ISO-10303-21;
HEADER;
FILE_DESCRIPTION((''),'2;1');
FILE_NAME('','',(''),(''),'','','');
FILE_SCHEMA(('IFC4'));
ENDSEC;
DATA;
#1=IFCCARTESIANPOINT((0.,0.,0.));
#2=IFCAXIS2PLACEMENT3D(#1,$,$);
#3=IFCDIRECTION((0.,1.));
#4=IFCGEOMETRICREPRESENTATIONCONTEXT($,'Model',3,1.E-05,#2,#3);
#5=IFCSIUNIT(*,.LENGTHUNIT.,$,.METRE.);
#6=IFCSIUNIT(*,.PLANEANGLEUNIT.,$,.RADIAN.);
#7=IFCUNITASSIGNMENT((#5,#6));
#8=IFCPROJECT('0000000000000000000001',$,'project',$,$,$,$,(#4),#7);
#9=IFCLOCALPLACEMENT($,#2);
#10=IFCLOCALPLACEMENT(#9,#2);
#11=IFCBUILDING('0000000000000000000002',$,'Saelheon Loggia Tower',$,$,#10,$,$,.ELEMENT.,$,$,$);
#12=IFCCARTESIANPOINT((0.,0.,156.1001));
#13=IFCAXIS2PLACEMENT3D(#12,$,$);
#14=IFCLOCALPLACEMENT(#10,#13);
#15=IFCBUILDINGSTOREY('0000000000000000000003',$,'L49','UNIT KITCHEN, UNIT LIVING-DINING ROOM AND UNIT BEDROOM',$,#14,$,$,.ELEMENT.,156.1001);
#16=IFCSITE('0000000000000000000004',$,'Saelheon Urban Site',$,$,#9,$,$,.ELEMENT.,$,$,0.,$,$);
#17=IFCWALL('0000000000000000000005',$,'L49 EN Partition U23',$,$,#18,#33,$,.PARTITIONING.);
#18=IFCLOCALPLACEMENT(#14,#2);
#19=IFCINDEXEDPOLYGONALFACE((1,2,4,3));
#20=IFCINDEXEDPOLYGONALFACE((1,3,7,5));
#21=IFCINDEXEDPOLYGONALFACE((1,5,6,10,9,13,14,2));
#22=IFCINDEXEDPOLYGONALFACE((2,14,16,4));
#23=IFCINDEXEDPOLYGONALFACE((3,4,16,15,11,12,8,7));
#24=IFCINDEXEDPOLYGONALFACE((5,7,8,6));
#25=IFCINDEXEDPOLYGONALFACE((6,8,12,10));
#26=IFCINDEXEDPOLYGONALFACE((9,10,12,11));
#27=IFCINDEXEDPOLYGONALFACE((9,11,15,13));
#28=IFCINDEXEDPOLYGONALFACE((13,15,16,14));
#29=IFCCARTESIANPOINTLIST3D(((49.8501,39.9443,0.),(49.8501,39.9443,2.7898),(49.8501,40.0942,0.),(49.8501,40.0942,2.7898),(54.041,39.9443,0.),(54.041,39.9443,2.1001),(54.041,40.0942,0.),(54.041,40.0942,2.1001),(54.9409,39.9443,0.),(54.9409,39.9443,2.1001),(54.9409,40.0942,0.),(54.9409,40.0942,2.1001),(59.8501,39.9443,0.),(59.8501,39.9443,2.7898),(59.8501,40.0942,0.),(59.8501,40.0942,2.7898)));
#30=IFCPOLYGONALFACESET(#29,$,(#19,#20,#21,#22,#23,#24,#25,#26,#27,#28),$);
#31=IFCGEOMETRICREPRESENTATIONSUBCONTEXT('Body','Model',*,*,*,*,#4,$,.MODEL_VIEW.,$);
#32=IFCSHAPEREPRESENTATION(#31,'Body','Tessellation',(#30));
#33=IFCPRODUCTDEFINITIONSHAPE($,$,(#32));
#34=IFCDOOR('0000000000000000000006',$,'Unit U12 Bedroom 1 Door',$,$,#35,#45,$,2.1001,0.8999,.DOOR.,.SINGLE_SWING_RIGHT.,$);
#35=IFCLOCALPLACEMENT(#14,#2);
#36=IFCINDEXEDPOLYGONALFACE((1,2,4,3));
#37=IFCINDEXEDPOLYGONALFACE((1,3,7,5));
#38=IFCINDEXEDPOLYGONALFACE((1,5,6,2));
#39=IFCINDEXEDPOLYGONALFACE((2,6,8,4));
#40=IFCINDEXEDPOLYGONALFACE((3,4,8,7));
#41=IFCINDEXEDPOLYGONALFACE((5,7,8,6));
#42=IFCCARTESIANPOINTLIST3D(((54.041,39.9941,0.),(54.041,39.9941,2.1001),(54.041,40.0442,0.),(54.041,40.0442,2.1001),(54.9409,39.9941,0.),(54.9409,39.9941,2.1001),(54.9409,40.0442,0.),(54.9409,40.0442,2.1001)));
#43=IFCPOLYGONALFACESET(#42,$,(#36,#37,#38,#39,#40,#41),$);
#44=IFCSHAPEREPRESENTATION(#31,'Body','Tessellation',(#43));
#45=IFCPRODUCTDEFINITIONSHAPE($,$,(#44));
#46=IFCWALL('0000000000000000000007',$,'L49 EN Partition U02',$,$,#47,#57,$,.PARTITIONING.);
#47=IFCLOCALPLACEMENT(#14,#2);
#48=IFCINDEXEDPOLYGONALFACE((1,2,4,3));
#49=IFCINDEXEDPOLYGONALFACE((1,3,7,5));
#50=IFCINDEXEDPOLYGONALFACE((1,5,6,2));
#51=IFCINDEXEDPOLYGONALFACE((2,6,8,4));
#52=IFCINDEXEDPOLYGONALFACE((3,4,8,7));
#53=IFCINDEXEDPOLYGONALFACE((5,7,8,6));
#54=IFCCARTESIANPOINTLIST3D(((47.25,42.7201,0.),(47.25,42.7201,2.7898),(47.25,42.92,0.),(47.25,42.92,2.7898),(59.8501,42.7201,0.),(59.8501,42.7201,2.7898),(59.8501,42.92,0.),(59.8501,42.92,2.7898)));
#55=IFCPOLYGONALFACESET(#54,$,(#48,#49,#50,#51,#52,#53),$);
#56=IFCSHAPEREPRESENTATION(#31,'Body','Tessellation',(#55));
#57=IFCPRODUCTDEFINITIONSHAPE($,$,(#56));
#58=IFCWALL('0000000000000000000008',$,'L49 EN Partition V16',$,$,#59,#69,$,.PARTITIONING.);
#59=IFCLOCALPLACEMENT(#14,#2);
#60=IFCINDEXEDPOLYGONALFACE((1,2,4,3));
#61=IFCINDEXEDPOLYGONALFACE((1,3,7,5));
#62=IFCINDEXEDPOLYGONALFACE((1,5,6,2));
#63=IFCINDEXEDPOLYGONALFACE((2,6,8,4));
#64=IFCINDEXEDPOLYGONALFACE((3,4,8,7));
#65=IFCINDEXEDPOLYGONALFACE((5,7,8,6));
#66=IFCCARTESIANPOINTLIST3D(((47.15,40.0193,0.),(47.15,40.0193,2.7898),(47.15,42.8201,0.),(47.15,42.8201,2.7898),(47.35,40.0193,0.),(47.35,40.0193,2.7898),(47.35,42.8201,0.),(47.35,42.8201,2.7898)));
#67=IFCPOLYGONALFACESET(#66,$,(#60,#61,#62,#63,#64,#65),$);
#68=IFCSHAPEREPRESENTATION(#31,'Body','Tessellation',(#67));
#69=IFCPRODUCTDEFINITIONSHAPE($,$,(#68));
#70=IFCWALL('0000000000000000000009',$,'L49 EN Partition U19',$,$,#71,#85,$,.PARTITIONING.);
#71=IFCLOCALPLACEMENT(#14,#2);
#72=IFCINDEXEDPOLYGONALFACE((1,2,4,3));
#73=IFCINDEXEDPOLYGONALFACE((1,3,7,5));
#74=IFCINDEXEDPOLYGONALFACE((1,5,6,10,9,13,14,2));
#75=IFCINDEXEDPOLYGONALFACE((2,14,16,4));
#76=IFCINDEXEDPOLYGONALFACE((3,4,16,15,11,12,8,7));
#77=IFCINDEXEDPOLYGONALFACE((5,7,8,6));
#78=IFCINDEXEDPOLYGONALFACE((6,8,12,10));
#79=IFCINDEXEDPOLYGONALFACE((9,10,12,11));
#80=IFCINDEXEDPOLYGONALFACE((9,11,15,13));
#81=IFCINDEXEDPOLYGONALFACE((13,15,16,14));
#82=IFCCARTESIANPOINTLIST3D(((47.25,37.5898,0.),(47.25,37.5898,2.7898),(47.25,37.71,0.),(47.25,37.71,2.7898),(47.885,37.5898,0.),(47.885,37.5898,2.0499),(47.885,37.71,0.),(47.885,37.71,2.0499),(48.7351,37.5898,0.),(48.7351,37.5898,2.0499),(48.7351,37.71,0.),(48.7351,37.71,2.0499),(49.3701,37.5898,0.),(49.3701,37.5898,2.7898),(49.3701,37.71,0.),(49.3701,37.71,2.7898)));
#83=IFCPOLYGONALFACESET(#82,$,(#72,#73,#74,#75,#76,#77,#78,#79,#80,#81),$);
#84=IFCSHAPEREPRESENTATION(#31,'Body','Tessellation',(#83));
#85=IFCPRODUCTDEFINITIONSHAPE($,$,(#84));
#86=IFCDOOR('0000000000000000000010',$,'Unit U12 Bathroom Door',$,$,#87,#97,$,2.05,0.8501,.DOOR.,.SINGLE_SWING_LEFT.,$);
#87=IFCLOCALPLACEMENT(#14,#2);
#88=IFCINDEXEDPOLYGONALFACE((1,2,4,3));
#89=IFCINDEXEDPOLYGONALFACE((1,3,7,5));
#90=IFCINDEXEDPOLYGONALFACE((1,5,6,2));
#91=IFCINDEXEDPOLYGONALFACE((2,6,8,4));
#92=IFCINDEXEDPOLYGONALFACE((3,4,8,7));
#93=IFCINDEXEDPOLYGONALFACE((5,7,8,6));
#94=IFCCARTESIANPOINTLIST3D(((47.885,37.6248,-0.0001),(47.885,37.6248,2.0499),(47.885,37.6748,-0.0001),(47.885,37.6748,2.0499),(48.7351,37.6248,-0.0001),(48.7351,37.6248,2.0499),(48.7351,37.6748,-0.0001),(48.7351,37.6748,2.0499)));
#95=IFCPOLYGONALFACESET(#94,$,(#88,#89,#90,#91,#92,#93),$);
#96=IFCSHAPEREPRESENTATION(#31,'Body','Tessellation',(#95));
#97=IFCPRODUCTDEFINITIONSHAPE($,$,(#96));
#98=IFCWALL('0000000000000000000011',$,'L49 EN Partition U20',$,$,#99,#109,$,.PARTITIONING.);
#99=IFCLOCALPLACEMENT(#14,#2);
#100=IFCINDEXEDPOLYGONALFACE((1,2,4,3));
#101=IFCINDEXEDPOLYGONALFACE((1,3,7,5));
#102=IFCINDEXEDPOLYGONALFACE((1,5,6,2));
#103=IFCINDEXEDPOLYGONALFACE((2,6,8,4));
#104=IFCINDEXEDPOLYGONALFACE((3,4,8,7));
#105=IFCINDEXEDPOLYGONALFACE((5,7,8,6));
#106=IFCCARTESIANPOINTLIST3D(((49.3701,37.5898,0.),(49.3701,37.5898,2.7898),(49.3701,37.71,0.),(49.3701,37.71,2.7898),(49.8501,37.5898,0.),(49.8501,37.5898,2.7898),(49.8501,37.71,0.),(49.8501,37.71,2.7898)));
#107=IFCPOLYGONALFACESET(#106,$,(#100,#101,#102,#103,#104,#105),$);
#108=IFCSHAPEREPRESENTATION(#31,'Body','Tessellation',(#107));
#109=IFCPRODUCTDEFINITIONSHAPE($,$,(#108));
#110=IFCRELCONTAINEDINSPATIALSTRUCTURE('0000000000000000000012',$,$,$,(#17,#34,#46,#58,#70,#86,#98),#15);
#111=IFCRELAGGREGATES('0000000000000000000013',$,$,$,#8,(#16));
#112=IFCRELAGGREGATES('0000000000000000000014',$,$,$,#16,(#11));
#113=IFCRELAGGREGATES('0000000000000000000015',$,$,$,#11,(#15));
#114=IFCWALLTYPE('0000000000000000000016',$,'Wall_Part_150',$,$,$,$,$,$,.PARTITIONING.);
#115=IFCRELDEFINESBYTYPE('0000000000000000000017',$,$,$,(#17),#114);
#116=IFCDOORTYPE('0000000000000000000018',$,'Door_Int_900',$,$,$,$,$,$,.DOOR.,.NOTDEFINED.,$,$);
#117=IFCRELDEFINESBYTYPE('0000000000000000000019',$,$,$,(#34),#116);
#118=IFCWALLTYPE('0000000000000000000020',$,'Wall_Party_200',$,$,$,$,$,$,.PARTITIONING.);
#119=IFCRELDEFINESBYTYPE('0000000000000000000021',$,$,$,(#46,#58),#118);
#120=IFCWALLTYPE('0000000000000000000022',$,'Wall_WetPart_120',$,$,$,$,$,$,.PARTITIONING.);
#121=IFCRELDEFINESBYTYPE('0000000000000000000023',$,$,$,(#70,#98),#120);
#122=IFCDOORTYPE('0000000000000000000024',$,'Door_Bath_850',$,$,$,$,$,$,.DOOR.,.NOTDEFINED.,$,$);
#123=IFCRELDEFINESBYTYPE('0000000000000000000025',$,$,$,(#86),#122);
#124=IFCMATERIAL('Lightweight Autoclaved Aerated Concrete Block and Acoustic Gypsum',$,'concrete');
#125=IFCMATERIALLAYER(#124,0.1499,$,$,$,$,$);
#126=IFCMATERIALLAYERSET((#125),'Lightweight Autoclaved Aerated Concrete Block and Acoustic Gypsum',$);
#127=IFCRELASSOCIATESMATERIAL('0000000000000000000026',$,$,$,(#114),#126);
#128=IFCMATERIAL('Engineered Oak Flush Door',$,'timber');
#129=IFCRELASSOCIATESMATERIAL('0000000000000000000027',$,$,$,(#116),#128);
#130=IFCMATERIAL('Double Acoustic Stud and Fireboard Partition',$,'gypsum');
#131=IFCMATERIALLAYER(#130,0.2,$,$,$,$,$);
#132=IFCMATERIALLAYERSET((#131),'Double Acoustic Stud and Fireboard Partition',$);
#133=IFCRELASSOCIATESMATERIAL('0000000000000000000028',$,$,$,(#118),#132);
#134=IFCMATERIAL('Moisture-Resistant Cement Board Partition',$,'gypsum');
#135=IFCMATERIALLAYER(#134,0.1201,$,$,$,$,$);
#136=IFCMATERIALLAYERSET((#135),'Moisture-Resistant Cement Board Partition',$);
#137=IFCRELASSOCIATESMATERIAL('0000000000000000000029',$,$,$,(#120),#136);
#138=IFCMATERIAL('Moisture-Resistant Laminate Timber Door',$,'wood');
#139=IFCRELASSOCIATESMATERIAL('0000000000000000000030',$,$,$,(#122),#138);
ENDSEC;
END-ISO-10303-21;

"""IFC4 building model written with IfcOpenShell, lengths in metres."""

from ifc_helpers import new_model, si_unit, direction, frame, frame_2d, origin, place, context, subcontext, project, spatial, rectangle, extrude, source, transform, mapped, material, layer, layer_set, type_object, element, fill, save


model = new_model("IFC4")

# Units and contexts
model_context = context("Model", 3, precision=1e-05, world=origin(), true_north=direction((0.0, 1.0)))
body_context = subcontext(model_context, "Body", "Model", "MODEL_VIEW")
ifc_project = project(units=[si_unit("LENGTHUNIT", "METRE"), si_unit("PLANEANGLEUNIT", "RADIAN")], contexts=[model_context])

# Site, building, storey
site_placement = place(None, origin())
site = spatial("IfcSite", under=ifc_project, at=site_placement, Name="Saelheon Urban Site", CompositionType="ELEMENT", RefElevation=0.0)
building_placement = place(site_placement, origin())
building = spatial("IfcBuilding", under=site, at=building_placement, Name="Saelheon Loggia Tower", CompositionType="ELEMENT")
storey_placement = place(building_placement, frame((0.0, 0.0, 156.1001)))
storey = spatial("IfcBuildingStorey", under=building, at=storey_placement, Name="L49", Description="UNIT KITCHEN, UNIT LIVING-DINING ROOM AND UNIT BEDROOM", CompositionType="ELEMENT", Elevation=156.1001)

# Shared definitions
ifc_material_1 = material(Name="Lightweight Autoclaved Aerated Concrete Block and Acoustic Gypsum", Category="concrete")
ifc_layer_1 = layer(ifc_material_1, 0.1499)
ifc_layer_set_1 = layer_set([ifc_layer_1], Name="Lightweight Autoclaved Aerated Concrete Block and Acoustic Gypsum")
wall_type_1 = type_object("IfcWallType", Name="Wall_Part_150", PredefinedType="PARTITIONING", material=ifc_layer_set_1)

# Wall, opening, door
ifc_material_2 = material(Name="Engineered Oak Flush Door", Category="timber")
door_type_1 = type_object("IfcDoorType", Name="Door_Int_900", OperationType="NOTDEFINED", PredefinedType="DOOR", material=ifc_material_2)
shared_shape_1 = source(origin(), body_context, "Body", "SweptSolid", [
    extrude(rectangle(XDim=0.8999, YDim=2.1001, at=frame_2d((0.45, 1.05))), frame((0.0, 0.0249, 0.0), z_axis=(0.0, -1.0, 0.0), x_axis=(1.0, 0.0, 0.0)), (0.0, 0.0, 1.0), 0.05),
])
wall_1_placement = place(storey_placement, frame((49.8501, 40.0193, 0.0), z_axis=(0.0, 0.0, 1.0), x_axis=(1.0, 0.0, 0.0)))
wall_1 = element("IfcWall", 1, at=wall_1_placement, inside=storey, type_object=wall_type_1, Name="L49 EN Partition U23", PredefinedType="PARTITIONING", context=body_context, shape_type="SweptSolid", body=[
    extrude(rectangle(XDim=10.0, YDim=0.1499, at=frame_2d((5.0, 0.0))), origin(), (0.0, 0.0, 1.0), 2.7898),
])
opening_1_placement = place(wall_1_placement, frame((4.1909, 0.0, 0.0)))
opening_1 = element("IfcOpeningElement", 2, at=opening_1_placement, cuts=wall_1, PredefinedType="OPENING", context=body_context, shape_type="SweptSolid", body=[
    extrude(rectangle(XDim=0.8999, YDim=2.1001, at=frame_2d((0.45, 1.05))), frame((0.0, 0.0869, 0.0), z_axis=(0.0, -1.0, 0.0), x_axis=(1.0, 0.0, 0.0)), (0.0, 0.0, 1.0), 0.1738),
])
door_1_placement = place(opening_1_placement, origin())
door_1 = element("IfcDoor", 3, at=door_1_placement, inside=storey, type_object=door_type_1, Name="Unit U12 Bedroom 1 Door", OperationType="SINGLE_SWING_RIGHT", OverallHeight=2.1001, OverallWidth=0.8999, PredefinedType="DOOR", context=body_context, shape_type="MappedRepresentation", body=[
    mapped(shared_shape_1, transform((0.0, 0.0, 0.0), scale=1.0)),
])
fill(opening_1, door_1)

# Wall
ifc_material_3 = material(Name="Double Acoustic Stud and Fireboard Partition", Category="gypsum")
ifc_layer_2 = layer(ifc_material_3, 0.2)
ifc_layer_set_2 = layer_set([ifc_layer_2], Name="Double Acoustic Stud and Fireboard Partition")
wall_type_2 = type_object("IfcWallType", Name="Wall_Party_200", PredefinedType="PARTITIONING", material=ifc_layer_set_2)
wall_2_placement = place(storey_placement, frame((47.25, 42.8201, 0.0), z_axis=(0.0, 0.0, 1.0), x_axis=(1.0, 0.0, 0.0)))
element("IfcWall", 4, at=wall_2_placement, inside=storey, type_object=wall_type_2, Name="L49 EN Partition U02", PredefinedType="PARTITIONING", context=body_context, shape_type="SweptSolid", body=[
    extrude(rectangle(XDim=12.6001, YDim=0.2, at=frame_2d((6.3, 0.0))), origin(), (0.0, 0.0, 1.0), 2.7898),
])

# Wall
wall_3_placement = place(storey_placement, frame((47.25, 40.0193, 0.0), z_axis=(0.0, 0.0, 1.0), x_axis=(0.0, 1.0, 0.0)))
element("IfcWall", 5, at=wall_3_placement, inside=storey, type_object=wall_type_2, Name="L49 EN Partition V16", PredefinedType="PARTITIONING", context=body_context, shape_type="SweptSolid", body=[
    extrude(rectangle(XDim=2.8008, YDim=0.2, at=frame_2d((1.4004, 0.0))), origin(), (0.0, 0.0, 1.0), 2.7898),
])

# Wall, opening, door
ifc_material_4 = material(Name="Moisture-Resistant Cement Board Partition", Category="gypsum")
ifc_layer_3 = layer(ifc_material_4, 0.1201)
ifc_layer_set_3 = layer_set([ifc_layer_3], Name="Moisture-Resistant Cement Board Partition")
wall_type_3 = type_object("IfcWallType", Name="Wall_WetPart_120", PredefinedType="PARTITIONING", material=ifc_layer_set_3)
wall_4_placement = place(storey_placement, frame((47.25, 37.6499, 0.0), z_axis=(0.0, 0.0, 1.0), x_axis=(1.0, 0.0, 0.0)))
wall_4 = element("IfcWall", 6, at=wall_4_placement, inside=storey, type_object=wall_type_3, Name="L49 EN Partition U19", PredefinedType="PARTITIONING", context=body_context, shape_type="SweptSolid", body=[
    extrude(rectangle(XDim=2.1201, YDim=0.1201, at=frame_2d((1.0601, 0.0))), origin(), (0.0, 0.0, 1.0), 2.7898),
])
opening_2_placement = place(wall_4_placement, frame((0.635, 0.0, 0.0)))
opening_2 = element("IfcOpeningElement", 7, at=opening_2_placement, cuts=wall_4, PredefinedType="OPENING", context=body_context, shape_type="SweptSolid", body=[
    extrude(rectangle(XDim=0.8501, YDim=2.05, at=frame_2d((0.425, 1.0249))), frame((0.0, 0.072, 0.0), z_axis=(0.0, -1.0, 0.0), x_axis=(1.0, 0.0, 0.0)), (0.0, 0.0, 1.0), 0.144),
])
ifc_material_5 = material(Name="Moisture-Resistant Laminate Timber Door", Category="wood")
door_type_2 = type_object("IfcDoorType", Name="Door_Bath_850", OperationType="NOTDEFINED", PredefinedType="DOOR", material=ifc_material_5)
shared_shape_2 = source(origin(), body_context, "Body", "SweptSolid", [
    extrude(rectangle(XDim=0.8501, YDim=2.05, at=frame_2d((0.425, 1.0249))), frame((0.0, 0.0249, 0.0), z_axis=(0.0, -1.0, 0.0), x_axis=(1.0, 0.0, 0.0)), (0.0, 0.0, 1.0), 0.05),
])
door_2_placement = place(opening_2_placement, origin())
door_2 = element("IfcDoor", 8, at=door_2_placement, inside=storey, type_object=door_type_2, Name="Unit U12 Bathroom Door", OperationType="SINGLE_SWING_LEFT", OverallHeight=2.05, OverallWidth=0.8501, PredefinedType="DOOR", context=body_context, shape_type="MappedRepresentation", body=[
    mapped(shared_shape_2, transform((0.0, 0.0, 0.0), scale=1.0)),
])
fill(opening_2, door_2)

# Wall
wall_5_placement = place(storey_placement, frame((49.3701, 37.6499, 0.0), z_axis=(0.0, 0.0, 1.0), x_axis=(1.0, 0.0, 0.0)))
element("IfcWall", 9, at=wall_5_placement, inside=storey, type_object=wall_type_3, Name="L49 EN Partition U20", PredefinedType="PARTITIONING", context=body_context, shape_type="SweptSolid", body=[
    extrude(rectangle(XDim=0.48, YDim=0.1201, at=frame_2d((0.24, 0.0))), origin(), (0.0, 0.0, 1.0), 2.7898),
])

save(model, "model.ifc")
